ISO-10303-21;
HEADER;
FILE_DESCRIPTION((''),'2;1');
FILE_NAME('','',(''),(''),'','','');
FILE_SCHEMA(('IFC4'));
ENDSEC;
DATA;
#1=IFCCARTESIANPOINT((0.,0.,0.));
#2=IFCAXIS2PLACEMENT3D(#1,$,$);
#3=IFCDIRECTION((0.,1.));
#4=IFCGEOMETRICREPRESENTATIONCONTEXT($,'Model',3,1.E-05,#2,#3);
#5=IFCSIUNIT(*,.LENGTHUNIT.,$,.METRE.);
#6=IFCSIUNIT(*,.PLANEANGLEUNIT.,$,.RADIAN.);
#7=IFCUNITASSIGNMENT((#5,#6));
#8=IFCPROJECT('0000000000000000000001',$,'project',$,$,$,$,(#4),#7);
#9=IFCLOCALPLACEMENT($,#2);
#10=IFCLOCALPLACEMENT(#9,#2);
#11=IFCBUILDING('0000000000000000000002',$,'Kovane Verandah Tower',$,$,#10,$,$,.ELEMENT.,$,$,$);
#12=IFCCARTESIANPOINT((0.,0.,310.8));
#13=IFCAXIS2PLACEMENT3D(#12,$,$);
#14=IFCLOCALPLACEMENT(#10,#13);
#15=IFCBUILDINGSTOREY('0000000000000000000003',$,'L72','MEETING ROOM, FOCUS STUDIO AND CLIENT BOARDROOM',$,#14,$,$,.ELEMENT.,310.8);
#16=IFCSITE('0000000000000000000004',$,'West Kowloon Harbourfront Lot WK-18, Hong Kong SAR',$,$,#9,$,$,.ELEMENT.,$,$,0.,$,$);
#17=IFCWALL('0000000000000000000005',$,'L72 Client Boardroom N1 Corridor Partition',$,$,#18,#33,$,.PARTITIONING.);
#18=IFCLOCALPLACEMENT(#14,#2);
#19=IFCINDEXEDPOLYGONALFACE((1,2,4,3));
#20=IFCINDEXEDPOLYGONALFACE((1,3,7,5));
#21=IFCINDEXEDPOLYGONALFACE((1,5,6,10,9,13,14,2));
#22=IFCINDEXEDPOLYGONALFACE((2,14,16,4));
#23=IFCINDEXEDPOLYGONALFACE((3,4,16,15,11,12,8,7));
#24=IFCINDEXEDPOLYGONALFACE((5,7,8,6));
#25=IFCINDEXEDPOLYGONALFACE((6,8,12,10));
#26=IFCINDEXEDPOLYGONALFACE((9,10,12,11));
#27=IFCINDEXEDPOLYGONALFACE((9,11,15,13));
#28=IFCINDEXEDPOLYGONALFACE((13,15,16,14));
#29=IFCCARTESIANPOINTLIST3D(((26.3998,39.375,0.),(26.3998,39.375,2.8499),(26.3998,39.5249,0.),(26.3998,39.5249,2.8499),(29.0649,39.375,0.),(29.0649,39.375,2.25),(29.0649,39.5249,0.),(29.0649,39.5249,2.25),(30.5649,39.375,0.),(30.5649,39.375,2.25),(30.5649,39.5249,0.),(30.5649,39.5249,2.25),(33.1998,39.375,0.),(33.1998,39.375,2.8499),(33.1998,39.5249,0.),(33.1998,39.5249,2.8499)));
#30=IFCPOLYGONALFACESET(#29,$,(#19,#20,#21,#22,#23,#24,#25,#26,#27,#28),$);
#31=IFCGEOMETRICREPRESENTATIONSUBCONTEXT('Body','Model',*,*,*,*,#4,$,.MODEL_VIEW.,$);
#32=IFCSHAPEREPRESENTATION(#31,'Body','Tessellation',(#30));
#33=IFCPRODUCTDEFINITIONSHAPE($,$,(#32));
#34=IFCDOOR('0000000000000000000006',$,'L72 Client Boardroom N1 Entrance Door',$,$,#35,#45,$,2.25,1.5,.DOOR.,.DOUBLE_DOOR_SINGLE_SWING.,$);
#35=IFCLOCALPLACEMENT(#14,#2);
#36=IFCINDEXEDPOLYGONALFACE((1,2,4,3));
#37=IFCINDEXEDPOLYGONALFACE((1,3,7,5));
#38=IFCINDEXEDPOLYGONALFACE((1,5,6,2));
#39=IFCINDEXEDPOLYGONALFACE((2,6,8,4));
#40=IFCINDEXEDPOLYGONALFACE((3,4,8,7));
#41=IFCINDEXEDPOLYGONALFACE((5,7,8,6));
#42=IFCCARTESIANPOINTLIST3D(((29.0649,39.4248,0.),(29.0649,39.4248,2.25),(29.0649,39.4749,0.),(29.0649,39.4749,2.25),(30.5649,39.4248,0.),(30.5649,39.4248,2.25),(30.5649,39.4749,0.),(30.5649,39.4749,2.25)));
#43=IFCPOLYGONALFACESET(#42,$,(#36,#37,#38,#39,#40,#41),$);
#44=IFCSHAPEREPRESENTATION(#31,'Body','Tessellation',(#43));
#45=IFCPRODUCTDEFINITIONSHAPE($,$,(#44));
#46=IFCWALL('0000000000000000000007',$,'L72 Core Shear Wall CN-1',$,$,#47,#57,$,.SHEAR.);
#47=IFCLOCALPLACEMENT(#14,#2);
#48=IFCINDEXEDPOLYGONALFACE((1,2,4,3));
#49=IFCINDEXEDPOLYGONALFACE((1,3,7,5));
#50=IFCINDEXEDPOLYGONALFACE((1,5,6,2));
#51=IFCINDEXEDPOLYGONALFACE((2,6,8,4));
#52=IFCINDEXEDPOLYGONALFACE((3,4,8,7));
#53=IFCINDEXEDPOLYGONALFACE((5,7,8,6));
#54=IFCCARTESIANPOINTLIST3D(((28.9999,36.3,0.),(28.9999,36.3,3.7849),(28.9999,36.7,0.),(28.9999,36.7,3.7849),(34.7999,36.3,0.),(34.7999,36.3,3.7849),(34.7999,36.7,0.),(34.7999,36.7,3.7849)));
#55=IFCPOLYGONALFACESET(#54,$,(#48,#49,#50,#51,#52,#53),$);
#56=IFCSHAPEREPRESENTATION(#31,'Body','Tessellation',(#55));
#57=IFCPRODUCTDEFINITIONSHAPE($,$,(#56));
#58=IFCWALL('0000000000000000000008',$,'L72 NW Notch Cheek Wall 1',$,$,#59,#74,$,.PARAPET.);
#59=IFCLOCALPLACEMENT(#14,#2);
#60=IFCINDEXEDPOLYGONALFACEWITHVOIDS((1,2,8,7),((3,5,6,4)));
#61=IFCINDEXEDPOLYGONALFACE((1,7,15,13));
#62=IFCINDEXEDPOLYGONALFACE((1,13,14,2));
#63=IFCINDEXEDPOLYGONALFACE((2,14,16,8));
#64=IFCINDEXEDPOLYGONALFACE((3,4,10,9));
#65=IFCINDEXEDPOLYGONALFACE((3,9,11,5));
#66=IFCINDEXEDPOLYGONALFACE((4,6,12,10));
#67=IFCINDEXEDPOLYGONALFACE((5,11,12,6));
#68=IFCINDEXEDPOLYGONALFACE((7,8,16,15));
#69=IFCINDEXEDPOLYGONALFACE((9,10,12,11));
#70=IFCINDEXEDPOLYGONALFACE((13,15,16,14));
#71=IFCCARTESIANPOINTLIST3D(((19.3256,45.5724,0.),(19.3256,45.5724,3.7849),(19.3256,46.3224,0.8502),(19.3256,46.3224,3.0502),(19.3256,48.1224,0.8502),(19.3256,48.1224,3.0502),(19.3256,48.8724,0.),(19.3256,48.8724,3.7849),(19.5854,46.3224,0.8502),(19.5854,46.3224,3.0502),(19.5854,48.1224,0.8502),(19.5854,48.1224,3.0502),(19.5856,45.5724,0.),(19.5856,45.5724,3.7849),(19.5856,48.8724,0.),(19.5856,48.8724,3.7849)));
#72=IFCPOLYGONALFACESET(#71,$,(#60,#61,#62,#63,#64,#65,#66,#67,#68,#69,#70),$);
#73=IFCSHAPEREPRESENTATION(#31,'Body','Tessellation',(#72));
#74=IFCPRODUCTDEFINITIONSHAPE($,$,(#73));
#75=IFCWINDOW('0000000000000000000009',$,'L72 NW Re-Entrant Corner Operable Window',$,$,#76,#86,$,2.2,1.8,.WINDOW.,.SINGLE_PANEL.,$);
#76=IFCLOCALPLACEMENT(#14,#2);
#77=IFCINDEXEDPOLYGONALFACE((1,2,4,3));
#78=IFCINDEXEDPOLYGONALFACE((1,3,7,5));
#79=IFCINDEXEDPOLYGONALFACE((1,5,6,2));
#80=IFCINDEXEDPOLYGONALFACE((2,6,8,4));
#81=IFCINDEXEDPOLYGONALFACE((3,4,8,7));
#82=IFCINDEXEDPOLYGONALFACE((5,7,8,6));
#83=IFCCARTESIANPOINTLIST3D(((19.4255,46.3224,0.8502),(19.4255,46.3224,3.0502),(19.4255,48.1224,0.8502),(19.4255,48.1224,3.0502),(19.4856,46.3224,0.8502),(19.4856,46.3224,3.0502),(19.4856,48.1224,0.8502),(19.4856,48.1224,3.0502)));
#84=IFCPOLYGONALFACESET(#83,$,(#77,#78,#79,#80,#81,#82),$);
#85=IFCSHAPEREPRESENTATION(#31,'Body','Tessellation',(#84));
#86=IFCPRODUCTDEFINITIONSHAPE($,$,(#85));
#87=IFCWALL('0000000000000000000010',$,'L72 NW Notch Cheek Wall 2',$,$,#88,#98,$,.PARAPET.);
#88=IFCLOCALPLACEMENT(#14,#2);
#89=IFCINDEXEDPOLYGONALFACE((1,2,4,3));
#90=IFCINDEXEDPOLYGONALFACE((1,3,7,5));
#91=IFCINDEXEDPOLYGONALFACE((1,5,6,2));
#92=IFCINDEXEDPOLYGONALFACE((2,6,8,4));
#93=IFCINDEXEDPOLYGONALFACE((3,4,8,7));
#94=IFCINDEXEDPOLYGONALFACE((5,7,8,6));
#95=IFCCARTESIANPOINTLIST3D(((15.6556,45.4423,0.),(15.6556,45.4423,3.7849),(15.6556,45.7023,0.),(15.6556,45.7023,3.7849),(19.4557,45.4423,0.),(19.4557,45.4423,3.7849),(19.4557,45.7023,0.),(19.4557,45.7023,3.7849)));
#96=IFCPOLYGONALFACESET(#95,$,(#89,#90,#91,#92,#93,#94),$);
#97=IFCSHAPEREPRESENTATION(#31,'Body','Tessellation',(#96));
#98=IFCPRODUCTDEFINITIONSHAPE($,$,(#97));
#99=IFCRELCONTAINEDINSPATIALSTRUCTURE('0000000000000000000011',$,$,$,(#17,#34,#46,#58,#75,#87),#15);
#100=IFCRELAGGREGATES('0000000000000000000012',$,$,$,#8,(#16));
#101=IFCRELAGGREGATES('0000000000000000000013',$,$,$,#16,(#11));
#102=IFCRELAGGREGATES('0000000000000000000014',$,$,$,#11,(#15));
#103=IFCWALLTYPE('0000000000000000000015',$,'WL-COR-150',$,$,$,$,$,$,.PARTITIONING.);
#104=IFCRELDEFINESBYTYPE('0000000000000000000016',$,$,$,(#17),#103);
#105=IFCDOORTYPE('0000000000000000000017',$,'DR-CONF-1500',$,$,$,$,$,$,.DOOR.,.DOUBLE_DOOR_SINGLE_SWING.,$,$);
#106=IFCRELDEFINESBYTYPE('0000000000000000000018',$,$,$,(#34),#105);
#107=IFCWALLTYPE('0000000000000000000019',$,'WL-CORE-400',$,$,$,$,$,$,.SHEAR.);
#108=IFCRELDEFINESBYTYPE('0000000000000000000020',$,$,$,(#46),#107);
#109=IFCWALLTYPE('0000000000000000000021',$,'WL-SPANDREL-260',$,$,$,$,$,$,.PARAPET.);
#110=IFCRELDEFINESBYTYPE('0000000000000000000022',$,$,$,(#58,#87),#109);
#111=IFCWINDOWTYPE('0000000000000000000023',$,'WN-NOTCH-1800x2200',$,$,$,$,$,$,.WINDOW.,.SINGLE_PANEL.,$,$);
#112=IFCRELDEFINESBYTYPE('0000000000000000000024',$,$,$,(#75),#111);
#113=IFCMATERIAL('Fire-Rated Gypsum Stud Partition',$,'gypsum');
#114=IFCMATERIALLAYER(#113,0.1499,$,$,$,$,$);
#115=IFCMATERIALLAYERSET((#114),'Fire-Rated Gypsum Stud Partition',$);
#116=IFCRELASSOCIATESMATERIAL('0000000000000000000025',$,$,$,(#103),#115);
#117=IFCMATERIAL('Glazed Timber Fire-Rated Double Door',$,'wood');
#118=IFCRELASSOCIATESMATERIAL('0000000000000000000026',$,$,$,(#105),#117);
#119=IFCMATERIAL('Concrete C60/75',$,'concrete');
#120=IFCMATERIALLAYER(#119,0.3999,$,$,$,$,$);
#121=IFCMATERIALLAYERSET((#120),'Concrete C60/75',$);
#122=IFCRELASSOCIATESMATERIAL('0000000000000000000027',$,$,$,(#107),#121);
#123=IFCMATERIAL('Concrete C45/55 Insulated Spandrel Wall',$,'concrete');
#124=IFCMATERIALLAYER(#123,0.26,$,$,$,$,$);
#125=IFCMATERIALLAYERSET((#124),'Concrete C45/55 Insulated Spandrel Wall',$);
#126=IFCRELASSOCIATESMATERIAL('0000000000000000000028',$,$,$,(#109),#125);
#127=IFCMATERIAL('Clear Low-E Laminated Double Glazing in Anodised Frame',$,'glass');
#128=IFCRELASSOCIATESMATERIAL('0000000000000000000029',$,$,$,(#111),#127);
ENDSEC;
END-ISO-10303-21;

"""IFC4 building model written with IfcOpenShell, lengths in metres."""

from ifc_helpers import new_model, si_unit, direction, frame, frame_2d, origin, place, context, subcontext, project, spatial, rectangle, extrude, material, layer, layer_set, type_object, element, fill, save


model = new_model("IFC4")

# Units and contexts
model_context = context("Model", 3, precision=1e-05, world=origin(), true_north=direction((0.0, 1.0)))
body_context = subcontext(model_context, "Body", "Model", "MODEL_VIEW")
ifc_project = project(units=[si_unit("LENGTHUNIT", "METRE"), si_unit("PLANEANGLEUNIT", "RADIAN")], contexts=[model_context])

# Site, building, storey
site_placement = place(None, origin())
site = spatial("IfcSite", under=ifc_project, at=site_placement, Name="West Kowloon Harbourfront Lot WK-18, Hong Kong SAR", CompositionType="ELEMENT", RefElevation=0.0)
building_placement = place(site_placement, origin())
building = spatial("IfcBuilding", under=site, at=building_placement, Name="Kovane Verandah Tower", CompositionType="ELEMENT")
storey_placement = place(building_placement, frame((0.0, 0.0, 310.8)))
storey = spatial("IfcBuildingStorey", under=building, at=storey_placement, Name="L72", Description="MEETING ROOM, FOCUS STUDIO AND CLIENT BOARDROOM", CompositionType="ELEMENT", Elevation=310.8)

# Shared definitions
ifc_material_1 = material(Name="Concrete C60/75", Category="concrete")

# Wall, opening, door
ifc_material_2 = material(Name="Fire-Rated Gypsum Stud Partition", Category="gypsum")
ifc_layer_1 = layer(ifc_material_2, 0.1499)
ifc_layer_set_1 = layer_set([ifc_layer_1], Name="Fire-Rated Gypsum Stud Partition")
wall_type_1 = type_object("IfcWallType", Name="WL-COR-150", PredefinedType="PARTITIONING", material=ifc_layer_set_1)
wall_1_placement = place(storey_placement, frame((26.3999, 39.45, 0.0), z_axis=(0.0, 0.0, 1.0), x_axis=(1.0, 0.0, 0.0)))
wall_1 = element("IfcWall", 1, at=wall_1_placement, inside=storey, type_object=wall_type_1, Name="L72 Client Boardroom N1 Corridor Partition", PredefinedType="PARTITIONING", context=body_context, shape_type="SweptSolid", body=[
    extrude(rectangle(XDim=6.8, YDim=0.1499, at=frame_2d((3.3999, 0.0))), origin(), (0.0, 0.0, 1.0), 2.8499),
])
opening_1_placement = place(wall_1_placement, frame((2.665, 0.0, 0.0)))
opening_1 = element("IfcOpeningElement", 2, at=opening_1_placement, cuts=wall_1, PredefinedType="OPENING", context=body_context, shape_type="SweptSolid", body=[
    extrude(rectangle(XDim=1.5, YDim=2.25, at=frame_2d((0.75, 1.125))), frame((0.0, 0.075, 0.0), z_axis=(0.0, -1.0, 0.0), x_axis=(1.0, 0.0, 0.0)), (0.0, 0.0, 1.0), 0.1499),
])
ifc_material_3 = material(Name="Glazed Timber Fire-Rated Double Door", Category="wood")
door_type_1 = type_object("IfcDoorType", Name="DR-CONF-1500", OperationType="DOUBLE_DOOR_SINGLE_SWING", PredefinedType="DOOR", material=ifc_material_3)
door_1_placement = place(opening_1_placement, origin())
door_1 = element("IfcDoor", 3, at=door_1_placement, inside=storey, type_object=door_type_1, Name="L72 Client Boardroom N1 Entrance Door", OperationType="DOUBLE_DOOR_SINGLE_SWING", OverallHeight=2.25, OverallWidth=1.5, PredefinedType="DOOR", context=body_context, shape_type="SweptSolid", body=[
    extrude(rectangle(XDim=1.5, YDim=2.25, at=frame_2d((0.75, 1.125))), frame((0.0, 0.0249, 0.0), z_axis=(0.0, -1.0, 0.0), x_axis=(1.0, 0.0, 0.0)), (0.0, 0.0, 1.0), 0.05),
])
fill(opening_1, door_1)

# Wall
ifc_layer_2 = layer(ifc_material_1, 0.3999)
ifc_layer_set_2 = layer_set([ifc_layer_2], Name="Concrete C60/75")
wall_type_2 = type_object("IfcWallType", Name="WL-CORE-400", PredefinedType="SHEAR", material=ifc_layer_set_2)
wall_2_placement = place(storey_placement, frame((29.0, 36.5, 0.0), z_axis=(0.0, 0.0, 1.0), x_axis=(1.0, 0.0, 0.0)))
element("IfcWall", 4, at=wall_2_placement, inside=storey, type_object=wall_type_2, Name="L72 Core Shear Wall CN-1", PredefinedType="SHEAR", context=body_context, shape_type="SweptSolid", body=[
    extrude(rectangle(XDim=5.8, YDim=0.3999, at=frame_2d((2.8999, 0.0))), origin(), (0.0, 0.0, 1.0), 3.7849),
])

# Shared definitions
ifc_material_4 = material(Name="Concrete C45/55 Insulated Spandrel Wall", Category="concrete")
ifc_layer_3 = layer(ifc_material_4, 0.26)
ifc_layer_set_3 = layer_set([ifc_layer_3], Name="Concrete C45/55 Insulated Spandrel Wall")
wall_type_3 = type_object("IfcWallType", Name="WL-SPANDREL-260", PredefinedType="PARAPET", material=ifc_layer_set_3)
ifc_material_5 = material(Name="Clear Low-E Laminated Double Glazing in Anodised Frame", Category="glass")

# Wall, opening, window
wall_3_placement = place(storey_placement, frame((19.4556, 48.8723, 0.0), z_axis=(0.0, 0.0, 1.0), x_axis=(0.0, -1.0, 0.0)))
wall_3 = element("IfcWall", 5, at=wall_3_placement, inside=storey, type_object=wall_type_3, Name="L72 NW Notch Cheek Wall 1", PredefinedType="PARAPET", context=body_context, shape_type="SweptSolid", body=[
    extrude(rectangle(XDim=3.3, YDim=0.26, at=frame_2d((1.6499, 0.0))), origin(), (0.0, 0.0, 1.0), 3.7849),
])
opening_2_placement = place(wall_3_placement, frame((0.75, 0.0, 0.8501)))
opening_2 = element("IfcOpeningElement", 6, at=opening_2_placement, cuts=wall_3, PredefinedType="OPENING", context=body_context, shape_type="SweptSolid", body=[
    extrude(rectangle(XDim=1.8, YDim=2.2, at=frame_2d((0.8999, 1.1001))), frame((0.0, 0.1299, 0.0), z_axis=(0.0, -1.0, 0.0), x_axis=(1.0, 0.0, 0.0)), (0.0, 0.0, 1.0), 0.26),
])
window_type_1 = type_object("IfcWindowType", Name="WN-NOTCH-1800x2200", PartitioningType="SINGLE_PANEL", PredefinedType="WINDOW", material=ifc_material_5)
window_1_placement = place(opening_2_placement, origin())
window_1 = element("IfcWindow", 7, at=window_1_placement, inside=storey, type_object=window_type_1, Name="L72 NW Re-Entrant Corner Operable Window", OverallHeight=2.2, OverallWidth=1.8, PartitioningType="SINGLE_PANEL", PredefinedType="WINDOW", context=body_context, shape_type="SweptSolid", body=[
    extrude(rectangle(XDim=1.8, YDim=2.2, at=frame_2d((0.8999, 1.1001))), frame((0.0, 0.03, 0.0), z_axis=(0.0, -1.0, 0.0), x_axis=(1.0, 0.0, 0.0)), (0.0, 0.0, 1.0), 0.0601),
])
fill(opening_2, window_1)

# Wall
wall_4_placement = place(storey_placement, frame((19.4556, 45.5723, 0.0), z_axis=(0.0, 0.0, 1.0), x_axis=(-1.0, 0.0, 0.0)))
element("IfcWall", 8, at=wall_4_placement, inside=storey, type_object=wall_type_3, Name="L72 NW Notch Cheek Wall 2", PredefinedType="PARAPET", context=body_context, shape_type="SweptSolid", body=[
    extrude(rectangle(XDim=3.8, YDim=0.26, at=frame_2d((1.8999, 0.0))), origin(), (0.0, 0.0, 1.0), 3.7849),
])

save(model, "model.ifc")
